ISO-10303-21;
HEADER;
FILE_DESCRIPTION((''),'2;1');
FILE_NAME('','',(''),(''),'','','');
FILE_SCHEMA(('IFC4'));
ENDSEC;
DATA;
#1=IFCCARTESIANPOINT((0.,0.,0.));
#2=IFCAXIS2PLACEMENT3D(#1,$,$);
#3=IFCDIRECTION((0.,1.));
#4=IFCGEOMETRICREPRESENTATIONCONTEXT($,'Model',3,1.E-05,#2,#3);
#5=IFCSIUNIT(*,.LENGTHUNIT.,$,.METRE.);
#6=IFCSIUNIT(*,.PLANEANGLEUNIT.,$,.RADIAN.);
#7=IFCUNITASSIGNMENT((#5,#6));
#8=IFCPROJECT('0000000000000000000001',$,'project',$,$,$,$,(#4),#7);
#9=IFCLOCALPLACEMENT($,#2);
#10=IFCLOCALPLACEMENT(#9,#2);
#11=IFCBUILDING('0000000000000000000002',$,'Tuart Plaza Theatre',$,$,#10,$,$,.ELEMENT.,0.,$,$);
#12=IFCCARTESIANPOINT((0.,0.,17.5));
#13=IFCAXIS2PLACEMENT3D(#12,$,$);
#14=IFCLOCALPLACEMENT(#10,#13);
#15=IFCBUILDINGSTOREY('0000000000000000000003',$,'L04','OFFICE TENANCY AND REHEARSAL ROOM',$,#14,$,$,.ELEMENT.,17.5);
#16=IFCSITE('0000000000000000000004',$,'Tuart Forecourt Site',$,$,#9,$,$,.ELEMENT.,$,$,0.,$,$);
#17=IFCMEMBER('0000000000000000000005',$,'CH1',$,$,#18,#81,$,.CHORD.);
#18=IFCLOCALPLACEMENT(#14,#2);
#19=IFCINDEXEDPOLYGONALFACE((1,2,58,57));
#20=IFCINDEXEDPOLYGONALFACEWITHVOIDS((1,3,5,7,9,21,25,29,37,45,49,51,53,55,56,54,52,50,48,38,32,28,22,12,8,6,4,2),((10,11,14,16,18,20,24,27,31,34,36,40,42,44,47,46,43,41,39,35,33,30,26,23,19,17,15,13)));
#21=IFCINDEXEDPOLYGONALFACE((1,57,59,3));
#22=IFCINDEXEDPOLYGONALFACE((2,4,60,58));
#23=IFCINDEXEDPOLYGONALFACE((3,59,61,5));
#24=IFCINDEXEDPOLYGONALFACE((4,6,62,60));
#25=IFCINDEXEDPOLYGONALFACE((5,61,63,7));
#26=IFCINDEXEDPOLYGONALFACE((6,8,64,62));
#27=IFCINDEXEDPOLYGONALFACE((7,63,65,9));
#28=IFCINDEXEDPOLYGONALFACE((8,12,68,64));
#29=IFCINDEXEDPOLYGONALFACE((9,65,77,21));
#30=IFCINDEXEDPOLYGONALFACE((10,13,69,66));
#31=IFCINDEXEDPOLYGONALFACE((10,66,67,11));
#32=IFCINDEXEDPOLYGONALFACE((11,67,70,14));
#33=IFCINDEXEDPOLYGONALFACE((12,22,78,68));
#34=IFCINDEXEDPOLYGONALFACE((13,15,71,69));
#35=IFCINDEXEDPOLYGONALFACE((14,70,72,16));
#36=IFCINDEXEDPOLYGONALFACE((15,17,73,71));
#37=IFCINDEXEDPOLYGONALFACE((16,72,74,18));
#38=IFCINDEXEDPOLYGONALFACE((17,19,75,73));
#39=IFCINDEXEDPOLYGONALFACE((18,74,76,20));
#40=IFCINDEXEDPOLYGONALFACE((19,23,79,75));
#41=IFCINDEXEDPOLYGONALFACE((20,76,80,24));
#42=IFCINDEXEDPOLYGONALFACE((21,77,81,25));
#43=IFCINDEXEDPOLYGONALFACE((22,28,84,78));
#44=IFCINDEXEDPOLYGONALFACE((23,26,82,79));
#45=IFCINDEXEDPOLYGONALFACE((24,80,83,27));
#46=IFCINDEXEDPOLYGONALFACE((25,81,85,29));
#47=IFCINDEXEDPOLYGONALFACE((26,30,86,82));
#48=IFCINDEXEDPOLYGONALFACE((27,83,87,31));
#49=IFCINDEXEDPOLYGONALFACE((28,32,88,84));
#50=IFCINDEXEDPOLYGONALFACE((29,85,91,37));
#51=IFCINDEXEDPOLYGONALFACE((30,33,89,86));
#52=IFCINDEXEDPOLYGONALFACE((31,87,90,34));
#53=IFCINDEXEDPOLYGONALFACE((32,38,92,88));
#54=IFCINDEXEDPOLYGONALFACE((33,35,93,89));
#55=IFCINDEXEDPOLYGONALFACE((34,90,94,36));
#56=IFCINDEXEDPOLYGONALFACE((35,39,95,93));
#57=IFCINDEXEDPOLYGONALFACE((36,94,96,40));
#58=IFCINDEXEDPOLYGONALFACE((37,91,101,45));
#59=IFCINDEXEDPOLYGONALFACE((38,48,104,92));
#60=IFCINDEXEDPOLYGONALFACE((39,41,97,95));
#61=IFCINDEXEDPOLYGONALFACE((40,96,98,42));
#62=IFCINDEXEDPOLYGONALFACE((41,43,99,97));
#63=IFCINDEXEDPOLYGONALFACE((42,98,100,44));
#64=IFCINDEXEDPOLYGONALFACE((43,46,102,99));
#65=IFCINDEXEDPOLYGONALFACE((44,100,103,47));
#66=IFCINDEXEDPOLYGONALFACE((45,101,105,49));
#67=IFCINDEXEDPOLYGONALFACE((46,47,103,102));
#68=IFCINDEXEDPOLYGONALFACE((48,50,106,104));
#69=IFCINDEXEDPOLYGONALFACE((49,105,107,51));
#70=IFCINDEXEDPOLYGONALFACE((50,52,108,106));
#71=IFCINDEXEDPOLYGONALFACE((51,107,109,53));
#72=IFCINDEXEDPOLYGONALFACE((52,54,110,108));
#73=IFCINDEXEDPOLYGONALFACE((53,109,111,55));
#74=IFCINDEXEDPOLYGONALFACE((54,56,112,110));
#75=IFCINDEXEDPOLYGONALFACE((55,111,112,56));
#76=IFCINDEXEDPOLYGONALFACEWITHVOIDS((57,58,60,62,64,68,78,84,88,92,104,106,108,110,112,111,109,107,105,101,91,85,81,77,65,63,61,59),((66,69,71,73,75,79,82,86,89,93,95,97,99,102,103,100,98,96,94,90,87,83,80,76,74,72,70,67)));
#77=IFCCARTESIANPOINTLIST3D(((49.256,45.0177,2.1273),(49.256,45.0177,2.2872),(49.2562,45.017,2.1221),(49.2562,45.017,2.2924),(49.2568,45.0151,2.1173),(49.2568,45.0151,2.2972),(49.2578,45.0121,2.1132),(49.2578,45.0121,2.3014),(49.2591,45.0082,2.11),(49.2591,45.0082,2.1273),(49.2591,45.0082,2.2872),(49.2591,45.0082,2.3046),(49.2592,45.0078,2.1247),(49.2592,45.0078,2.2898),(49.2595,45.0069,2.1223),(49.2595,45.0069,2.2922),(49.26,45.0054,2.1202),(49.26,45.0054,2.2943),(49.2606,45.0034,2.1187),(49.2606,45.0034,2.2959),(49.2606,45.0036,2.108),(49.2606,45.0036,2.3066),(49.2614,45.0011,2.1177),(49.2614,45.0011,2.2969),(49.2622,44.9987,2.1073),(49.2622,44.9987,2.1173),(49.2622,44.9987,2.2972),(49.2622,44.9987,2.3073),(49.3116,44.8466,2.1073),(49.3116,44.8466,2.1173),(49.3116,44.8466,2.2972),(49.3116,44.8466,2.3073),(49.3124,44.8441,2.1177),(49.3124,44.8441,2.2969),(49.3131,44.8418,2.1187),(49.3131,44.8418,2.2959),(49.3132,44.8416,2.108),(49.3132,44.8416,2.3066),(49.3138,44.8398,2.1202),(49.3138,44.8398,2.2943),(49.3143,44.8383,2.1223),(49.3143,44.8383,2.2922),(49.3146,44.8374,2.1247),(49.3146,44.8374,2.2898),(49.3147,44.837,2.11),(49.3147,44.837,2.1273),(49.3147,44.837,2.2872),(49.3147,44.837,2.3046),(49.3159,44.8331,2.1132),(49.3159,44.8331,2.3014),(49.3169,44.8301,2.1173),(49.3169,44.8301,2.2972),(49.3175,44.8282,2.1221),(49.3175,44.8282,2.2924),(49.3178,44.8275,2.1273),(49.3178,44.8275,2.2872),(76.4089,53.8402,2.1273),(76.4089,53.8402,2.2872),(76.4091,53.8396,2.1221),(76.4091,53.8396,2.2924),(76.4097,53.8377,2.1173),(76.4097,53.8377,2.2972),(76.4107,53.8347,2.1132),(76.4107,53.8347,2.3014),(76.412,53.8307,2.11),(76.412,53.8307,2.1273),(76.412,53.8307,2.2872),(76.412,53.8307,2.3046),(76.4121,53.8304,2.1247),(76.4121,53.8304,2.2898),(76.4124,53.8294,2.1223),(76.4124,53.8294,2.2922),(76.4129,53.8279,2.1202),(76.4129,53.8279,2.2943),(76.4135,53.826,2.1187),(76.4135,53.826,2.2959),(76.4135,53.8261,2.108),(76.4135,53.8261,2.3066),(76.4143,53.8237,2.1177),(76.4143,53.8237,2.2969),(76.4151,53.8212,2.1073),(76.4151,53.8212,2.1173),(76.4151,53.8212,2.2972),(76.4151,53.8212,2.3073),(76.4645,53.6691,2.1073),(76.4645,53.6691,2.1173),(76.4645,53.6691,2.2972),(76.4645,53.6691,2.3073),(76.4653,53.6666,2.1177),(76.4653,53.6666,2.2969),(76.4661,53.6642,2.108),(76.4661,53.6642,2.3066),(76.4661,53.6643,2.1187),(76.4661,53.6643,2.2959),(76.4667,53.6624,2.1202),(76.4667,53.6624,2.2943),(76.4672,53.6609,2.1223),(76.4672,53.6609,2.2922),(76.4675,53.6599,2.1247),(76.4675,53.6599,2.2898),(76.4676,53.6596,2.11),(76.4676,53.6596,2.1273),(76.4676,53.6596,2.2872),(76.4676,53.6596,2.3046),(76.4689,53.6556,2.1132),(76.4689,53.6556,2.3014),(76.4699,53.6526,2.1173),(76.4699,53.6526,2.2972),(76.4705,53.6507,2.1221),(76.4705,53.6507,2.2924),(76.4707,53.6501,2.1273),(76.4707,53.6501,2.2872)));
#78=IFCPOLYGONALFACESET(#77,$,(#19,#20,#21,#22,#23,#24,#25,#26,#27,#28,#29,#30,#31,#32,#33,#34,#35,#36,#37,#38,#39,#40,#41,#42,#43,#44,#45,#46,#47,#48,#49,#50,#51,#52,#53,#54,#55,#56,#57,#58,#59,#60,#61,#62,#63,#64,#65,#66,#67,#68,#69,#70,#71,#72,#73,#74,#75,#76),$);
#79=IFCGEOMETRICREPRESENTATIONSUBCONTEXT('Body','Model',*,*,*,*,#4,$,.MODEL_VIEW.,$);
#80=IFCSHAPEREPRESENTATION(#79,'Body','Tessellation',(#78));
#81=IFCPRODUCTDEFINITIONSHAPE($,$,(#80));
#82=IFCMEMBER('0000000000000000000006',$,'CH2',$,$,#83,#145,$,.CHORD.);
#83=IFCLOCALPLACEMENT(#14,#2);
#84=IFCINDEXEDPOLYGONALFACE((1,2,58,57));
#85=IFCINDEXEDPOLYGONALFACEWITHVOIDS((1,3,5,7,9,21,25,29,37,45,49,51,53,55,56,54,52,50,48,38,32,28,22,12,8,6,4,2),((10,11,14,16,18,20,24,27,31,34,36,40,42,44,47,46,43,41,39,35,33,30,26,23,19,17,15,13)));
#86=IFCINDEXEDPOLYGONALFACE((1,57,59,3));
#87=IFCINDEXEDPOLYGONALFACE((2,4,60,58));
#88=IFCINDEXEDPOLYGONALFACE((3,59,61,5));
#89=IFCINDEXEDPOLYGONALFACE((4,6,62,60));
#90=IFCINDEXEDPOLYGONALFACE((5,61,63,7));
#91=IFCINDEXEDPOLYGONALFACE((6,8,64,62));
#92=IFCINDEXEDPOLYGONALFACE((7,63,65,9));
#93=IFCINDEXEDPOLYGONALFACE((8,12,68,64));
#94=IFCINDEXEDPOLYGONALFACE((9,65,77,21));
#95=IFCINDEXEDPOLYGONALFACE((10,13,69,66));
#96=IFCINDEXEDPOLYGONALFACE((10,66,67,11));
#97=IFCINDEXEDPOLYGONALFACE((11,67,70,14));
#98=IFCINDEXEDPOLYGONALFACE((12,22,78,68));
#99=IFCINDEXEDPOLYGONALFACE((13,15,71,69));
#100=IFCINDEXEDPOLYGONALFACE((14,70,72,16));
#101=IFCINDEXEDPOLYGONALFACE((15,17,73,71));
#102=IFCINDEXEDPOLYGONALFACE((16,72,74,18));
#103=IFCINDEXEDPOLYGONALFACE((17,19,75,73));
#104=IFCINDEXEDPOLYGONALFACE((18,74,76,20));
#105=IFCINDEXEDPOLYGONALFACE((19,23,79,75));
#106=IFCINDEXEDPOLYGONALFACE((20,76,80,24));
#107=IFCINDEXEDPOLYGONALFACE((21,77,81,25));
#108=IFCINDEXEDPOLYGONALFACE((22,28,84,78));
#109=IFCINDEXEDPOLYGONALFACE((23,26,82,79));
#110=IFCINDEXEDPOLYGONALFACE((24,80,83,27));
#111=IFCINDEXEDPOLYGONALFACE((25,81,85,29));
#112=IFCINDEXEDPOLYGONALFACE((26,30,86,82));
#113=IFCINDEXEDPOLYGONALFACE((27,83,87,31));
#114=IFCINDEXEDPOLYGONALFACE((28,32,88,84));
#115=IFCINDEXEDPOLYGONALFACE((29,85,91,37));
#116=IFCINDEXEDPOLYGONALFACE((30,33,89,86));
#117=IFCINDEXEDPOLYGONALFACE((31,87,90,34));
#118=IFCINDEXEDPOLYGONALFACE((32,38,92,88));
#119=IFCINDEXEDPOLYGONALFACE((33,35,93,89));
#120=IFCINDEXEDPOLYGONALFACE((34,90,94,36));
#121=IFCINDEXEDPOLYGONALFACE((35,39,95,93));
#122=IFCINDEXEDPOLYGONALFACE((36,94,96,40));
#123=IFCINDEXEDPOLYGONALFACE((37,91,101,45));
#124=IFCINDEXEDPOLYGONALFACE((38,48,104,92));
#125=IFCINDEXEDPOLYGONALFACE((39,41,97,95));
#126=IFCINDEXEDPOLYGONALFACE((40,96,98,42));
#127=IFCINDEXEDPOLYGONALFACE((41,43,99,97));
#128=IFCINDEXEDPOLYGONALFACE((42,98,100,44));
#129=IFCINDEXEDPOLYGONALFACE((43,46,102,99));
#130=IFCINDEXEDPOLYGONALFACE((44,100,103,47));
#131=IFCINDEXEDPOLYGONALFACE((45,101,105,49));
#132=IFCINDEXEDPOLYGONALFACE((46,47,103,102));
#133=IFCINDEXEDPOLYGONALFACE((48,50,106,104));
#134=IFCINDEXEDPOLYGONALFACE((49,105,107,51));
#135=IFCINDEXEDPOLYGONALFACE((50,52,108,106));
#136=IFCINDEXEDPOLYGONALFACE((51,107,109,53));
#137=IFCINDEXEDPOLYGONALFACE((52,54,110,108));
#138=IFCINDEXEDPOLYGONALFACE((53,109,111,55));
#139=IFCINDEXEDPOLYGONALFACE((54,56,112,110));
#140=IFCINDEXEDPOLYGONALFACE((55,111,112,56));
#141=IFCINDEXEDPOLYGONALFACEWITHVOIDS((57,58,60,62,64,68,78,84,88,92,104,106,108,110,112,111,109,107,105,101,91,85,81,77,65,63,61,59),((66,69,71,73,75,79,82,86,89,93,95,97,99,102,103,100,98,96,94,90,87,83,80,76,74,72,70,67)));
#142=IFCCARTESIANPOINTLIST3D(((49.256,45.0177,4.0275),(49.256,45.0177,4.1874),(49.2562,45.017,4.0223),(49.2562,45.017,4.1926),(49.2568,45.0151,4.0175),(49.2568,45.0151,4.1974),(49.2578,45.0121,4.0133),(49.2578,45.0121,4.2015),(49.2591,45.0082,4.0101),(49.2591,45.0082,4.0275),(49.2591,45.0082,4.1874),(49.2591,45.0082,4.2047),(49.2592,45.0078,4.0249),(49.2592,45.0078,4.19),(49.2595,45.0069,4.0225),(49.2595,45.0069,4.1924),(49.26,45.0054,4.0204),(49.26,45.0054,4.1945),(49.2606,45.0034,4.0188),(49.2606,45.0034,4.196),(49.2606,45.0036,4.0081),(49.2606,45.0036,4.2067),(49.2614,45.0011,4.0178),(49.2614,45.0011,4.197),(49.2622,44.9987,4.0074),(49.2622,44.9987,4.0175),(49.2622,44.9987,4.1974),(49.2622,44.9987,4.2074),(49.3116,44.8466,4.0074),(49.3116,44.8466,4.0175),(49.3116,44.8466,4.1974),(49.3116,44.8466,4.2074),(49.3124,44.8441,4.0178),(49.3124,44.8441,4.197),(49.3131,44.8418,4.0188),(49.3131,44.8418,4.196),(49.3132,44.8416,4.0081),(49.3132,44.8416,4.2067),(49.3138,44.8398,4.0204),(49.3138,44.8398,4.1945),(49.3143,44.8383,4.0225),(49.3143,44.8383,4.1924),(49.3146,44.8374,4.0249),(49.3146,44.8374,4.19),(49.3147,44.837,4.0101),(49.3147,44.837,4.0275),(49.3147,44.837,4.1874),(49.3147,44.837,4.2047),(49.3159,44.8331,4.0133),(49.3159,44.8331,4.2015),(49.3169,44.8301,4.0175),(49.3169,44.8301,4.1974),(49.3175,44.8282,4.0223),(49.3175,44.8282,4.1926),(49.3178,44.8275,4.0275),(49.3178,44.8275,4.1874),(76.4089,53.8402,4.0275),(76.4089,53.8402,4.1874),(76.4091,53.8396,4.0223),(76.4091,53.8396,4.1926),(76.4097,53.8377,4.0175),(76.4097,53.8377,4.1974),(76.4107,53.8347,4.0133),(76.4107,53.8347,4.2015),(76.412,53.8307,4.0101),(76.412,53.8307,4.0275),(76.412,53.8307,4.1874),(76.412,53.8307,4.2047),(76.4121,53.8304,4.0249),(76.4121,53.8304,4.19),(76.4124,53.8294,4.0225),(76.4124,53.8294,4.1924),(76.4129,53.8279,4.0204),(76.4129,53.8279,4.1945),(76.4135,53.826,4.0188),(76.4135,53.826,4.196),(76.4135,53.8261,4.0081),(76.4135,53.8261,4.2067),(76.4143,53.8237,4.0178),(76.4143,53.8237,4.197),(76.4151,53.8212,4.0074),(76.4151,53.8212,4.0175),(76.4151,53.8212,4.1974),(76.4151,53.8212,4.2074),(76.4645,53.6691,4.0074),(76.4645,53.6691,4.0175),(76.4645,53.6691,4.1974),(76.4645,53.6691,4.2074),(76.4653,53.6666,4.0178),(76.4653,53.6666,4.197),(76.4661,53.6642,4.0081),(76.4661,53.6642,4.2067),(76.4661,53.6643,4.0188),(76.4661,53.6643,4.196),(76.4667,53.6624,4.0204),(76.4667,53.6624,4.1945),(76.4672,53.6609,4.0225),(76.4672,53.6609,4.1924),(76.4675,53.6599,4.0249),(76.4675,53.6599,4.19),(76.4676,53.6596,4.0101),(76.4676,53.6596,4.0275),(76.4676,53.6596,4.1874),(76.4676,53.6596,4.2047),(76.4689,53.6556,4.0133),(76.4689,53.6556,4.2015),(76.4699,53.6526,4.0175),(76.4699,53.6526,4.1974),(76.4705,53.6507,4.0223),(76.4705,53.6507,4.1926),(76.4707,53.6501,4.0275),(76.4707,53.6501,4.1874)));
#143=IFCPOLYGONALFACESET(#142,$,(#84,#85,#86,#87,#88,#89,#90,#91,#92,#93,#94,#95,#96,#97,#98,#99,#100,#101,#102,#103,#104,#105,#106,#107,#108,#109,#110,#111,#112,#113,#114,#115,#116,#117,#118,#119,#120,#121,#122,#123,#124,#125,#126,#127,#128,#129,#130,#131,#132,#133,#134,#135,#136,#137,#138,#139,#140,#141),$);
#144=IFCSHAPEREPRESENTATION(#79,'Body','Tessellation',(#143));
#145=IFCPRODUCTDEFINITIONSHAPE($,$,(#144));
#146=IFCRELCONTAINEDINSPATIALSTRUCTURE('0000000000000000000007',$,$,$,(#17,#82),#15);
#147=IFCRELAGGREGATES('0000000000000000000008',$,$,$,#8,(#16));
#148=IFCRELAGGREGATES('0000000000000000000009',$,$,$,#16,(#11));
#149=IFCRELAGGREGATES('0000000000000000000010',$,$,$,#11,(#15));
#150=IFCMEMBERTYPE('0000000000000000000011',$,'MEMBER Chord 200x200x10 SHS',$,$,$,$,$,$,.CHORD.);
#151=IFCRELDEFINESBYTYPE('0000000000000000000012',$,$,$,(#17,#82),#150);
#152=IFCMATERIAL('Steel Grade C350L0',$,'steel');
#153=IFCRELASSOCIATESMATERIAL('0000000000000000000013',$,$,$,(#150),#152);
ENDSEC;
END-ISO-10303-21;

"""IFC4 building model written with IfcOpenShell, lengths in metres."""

from ifc_helpers import new_model, si_unit, direction, frame, origin, origin_2d, place, context, subcontext, project, spatial, hollow_rectangle, extrude, material, material_profile, profile_set, type_object, element, save


model = new_model("IFC4")

# Units and contexts
model_context = context("Model", 3, precision=1e-05, world=origin(), true_north=direction((0.0, 1.0)))
body_context = subcontext(model_context, "Body", "Model", "MODEL_VIEW")
ifc_project = project(units=[si_unit("LENGTHUNIT", "METRE"), si_unit("PLANEANGLEUNIT", "RADIAN")], contexts=[model_context])

# Site, building, storey
site_placement = place(None, origin())
site = spatial("IfcSite", under=ifc_project, at=site_placement, Name="Tuart Forecourt Site", CompositionType="ELEMENT", RefElevation=0.0)
building_placement = place(site_placement, origin())
building = spatial("IfcBuilding", under=site, at=building_placement, Name="Tuart Plaza Theatre", CompositionType="ELEMENT", ElevationOfRefHeight=0.0)
storey_placement = place(building_placement, frame((0.0, 0.0, 17.5)))
storey = spatial("IfcBuildingStorey", under=building, at=storey_placement, Name="L04", Description="OFFICE TENANCY AND REHEARSAL ROOM", CompositionType="ELEMENT", Elevation=17.5)

# Members
ifc_material_1 = material(Name="Steel Grade C350L0", Category="steel")
ifc_material_profile_1 = material_profile(ifc_material_1, hollow_rectangle(XDim=0.2, YDim=0.2, WallThickness=0.01, InnerFilletRadius=0.01, OuterFilletRadius=0.02, at=origin_2d()), Name="200x200x10 SHS")
ifc_profile_set_1 = profile_set([ifc_material_profile_1], Name="Steel Grade C350L0")
member_type_1 = type_object("IfcMemberType", Name="MEMBER Chord 200x200x10 SHS", PredefinedType="CHORD", material=ifc_profile_set_1)
for number, where, z_axis, x_axis, name in (
    (1, (49.2869, 44.9226, 2.2073), (0.951056, 0.309018, 0.0), (-0.309018, 0.951056, 0.0), "CH1"),
    (2, (49.2869, 44.9226, 4.1074), (0.951056, 0.309018, 0.0), (-0.309018, 0.951056, 0.0), "CH2"),
):
    element("IfcMember", number, at=place(storey_placement, frame(where, z_axis=z_axis, x_axis=x_axis)), inside=storey, type_object=member_type_1, Name=name, PredefinedType="CHORD", context=body_context, shape_type="SweptSolid", body=[
        extrude(hollow_rectangle(XDim=0.2, YDim=0.2, WallThickness=0.01, InnerFilletRadius=0.01, OuterFilletRadius=0.02, at=origin_2d()), origin(), (0.0, 0.0, 1.0), 28.5503),
    ])

save(model, "model.ifc")
